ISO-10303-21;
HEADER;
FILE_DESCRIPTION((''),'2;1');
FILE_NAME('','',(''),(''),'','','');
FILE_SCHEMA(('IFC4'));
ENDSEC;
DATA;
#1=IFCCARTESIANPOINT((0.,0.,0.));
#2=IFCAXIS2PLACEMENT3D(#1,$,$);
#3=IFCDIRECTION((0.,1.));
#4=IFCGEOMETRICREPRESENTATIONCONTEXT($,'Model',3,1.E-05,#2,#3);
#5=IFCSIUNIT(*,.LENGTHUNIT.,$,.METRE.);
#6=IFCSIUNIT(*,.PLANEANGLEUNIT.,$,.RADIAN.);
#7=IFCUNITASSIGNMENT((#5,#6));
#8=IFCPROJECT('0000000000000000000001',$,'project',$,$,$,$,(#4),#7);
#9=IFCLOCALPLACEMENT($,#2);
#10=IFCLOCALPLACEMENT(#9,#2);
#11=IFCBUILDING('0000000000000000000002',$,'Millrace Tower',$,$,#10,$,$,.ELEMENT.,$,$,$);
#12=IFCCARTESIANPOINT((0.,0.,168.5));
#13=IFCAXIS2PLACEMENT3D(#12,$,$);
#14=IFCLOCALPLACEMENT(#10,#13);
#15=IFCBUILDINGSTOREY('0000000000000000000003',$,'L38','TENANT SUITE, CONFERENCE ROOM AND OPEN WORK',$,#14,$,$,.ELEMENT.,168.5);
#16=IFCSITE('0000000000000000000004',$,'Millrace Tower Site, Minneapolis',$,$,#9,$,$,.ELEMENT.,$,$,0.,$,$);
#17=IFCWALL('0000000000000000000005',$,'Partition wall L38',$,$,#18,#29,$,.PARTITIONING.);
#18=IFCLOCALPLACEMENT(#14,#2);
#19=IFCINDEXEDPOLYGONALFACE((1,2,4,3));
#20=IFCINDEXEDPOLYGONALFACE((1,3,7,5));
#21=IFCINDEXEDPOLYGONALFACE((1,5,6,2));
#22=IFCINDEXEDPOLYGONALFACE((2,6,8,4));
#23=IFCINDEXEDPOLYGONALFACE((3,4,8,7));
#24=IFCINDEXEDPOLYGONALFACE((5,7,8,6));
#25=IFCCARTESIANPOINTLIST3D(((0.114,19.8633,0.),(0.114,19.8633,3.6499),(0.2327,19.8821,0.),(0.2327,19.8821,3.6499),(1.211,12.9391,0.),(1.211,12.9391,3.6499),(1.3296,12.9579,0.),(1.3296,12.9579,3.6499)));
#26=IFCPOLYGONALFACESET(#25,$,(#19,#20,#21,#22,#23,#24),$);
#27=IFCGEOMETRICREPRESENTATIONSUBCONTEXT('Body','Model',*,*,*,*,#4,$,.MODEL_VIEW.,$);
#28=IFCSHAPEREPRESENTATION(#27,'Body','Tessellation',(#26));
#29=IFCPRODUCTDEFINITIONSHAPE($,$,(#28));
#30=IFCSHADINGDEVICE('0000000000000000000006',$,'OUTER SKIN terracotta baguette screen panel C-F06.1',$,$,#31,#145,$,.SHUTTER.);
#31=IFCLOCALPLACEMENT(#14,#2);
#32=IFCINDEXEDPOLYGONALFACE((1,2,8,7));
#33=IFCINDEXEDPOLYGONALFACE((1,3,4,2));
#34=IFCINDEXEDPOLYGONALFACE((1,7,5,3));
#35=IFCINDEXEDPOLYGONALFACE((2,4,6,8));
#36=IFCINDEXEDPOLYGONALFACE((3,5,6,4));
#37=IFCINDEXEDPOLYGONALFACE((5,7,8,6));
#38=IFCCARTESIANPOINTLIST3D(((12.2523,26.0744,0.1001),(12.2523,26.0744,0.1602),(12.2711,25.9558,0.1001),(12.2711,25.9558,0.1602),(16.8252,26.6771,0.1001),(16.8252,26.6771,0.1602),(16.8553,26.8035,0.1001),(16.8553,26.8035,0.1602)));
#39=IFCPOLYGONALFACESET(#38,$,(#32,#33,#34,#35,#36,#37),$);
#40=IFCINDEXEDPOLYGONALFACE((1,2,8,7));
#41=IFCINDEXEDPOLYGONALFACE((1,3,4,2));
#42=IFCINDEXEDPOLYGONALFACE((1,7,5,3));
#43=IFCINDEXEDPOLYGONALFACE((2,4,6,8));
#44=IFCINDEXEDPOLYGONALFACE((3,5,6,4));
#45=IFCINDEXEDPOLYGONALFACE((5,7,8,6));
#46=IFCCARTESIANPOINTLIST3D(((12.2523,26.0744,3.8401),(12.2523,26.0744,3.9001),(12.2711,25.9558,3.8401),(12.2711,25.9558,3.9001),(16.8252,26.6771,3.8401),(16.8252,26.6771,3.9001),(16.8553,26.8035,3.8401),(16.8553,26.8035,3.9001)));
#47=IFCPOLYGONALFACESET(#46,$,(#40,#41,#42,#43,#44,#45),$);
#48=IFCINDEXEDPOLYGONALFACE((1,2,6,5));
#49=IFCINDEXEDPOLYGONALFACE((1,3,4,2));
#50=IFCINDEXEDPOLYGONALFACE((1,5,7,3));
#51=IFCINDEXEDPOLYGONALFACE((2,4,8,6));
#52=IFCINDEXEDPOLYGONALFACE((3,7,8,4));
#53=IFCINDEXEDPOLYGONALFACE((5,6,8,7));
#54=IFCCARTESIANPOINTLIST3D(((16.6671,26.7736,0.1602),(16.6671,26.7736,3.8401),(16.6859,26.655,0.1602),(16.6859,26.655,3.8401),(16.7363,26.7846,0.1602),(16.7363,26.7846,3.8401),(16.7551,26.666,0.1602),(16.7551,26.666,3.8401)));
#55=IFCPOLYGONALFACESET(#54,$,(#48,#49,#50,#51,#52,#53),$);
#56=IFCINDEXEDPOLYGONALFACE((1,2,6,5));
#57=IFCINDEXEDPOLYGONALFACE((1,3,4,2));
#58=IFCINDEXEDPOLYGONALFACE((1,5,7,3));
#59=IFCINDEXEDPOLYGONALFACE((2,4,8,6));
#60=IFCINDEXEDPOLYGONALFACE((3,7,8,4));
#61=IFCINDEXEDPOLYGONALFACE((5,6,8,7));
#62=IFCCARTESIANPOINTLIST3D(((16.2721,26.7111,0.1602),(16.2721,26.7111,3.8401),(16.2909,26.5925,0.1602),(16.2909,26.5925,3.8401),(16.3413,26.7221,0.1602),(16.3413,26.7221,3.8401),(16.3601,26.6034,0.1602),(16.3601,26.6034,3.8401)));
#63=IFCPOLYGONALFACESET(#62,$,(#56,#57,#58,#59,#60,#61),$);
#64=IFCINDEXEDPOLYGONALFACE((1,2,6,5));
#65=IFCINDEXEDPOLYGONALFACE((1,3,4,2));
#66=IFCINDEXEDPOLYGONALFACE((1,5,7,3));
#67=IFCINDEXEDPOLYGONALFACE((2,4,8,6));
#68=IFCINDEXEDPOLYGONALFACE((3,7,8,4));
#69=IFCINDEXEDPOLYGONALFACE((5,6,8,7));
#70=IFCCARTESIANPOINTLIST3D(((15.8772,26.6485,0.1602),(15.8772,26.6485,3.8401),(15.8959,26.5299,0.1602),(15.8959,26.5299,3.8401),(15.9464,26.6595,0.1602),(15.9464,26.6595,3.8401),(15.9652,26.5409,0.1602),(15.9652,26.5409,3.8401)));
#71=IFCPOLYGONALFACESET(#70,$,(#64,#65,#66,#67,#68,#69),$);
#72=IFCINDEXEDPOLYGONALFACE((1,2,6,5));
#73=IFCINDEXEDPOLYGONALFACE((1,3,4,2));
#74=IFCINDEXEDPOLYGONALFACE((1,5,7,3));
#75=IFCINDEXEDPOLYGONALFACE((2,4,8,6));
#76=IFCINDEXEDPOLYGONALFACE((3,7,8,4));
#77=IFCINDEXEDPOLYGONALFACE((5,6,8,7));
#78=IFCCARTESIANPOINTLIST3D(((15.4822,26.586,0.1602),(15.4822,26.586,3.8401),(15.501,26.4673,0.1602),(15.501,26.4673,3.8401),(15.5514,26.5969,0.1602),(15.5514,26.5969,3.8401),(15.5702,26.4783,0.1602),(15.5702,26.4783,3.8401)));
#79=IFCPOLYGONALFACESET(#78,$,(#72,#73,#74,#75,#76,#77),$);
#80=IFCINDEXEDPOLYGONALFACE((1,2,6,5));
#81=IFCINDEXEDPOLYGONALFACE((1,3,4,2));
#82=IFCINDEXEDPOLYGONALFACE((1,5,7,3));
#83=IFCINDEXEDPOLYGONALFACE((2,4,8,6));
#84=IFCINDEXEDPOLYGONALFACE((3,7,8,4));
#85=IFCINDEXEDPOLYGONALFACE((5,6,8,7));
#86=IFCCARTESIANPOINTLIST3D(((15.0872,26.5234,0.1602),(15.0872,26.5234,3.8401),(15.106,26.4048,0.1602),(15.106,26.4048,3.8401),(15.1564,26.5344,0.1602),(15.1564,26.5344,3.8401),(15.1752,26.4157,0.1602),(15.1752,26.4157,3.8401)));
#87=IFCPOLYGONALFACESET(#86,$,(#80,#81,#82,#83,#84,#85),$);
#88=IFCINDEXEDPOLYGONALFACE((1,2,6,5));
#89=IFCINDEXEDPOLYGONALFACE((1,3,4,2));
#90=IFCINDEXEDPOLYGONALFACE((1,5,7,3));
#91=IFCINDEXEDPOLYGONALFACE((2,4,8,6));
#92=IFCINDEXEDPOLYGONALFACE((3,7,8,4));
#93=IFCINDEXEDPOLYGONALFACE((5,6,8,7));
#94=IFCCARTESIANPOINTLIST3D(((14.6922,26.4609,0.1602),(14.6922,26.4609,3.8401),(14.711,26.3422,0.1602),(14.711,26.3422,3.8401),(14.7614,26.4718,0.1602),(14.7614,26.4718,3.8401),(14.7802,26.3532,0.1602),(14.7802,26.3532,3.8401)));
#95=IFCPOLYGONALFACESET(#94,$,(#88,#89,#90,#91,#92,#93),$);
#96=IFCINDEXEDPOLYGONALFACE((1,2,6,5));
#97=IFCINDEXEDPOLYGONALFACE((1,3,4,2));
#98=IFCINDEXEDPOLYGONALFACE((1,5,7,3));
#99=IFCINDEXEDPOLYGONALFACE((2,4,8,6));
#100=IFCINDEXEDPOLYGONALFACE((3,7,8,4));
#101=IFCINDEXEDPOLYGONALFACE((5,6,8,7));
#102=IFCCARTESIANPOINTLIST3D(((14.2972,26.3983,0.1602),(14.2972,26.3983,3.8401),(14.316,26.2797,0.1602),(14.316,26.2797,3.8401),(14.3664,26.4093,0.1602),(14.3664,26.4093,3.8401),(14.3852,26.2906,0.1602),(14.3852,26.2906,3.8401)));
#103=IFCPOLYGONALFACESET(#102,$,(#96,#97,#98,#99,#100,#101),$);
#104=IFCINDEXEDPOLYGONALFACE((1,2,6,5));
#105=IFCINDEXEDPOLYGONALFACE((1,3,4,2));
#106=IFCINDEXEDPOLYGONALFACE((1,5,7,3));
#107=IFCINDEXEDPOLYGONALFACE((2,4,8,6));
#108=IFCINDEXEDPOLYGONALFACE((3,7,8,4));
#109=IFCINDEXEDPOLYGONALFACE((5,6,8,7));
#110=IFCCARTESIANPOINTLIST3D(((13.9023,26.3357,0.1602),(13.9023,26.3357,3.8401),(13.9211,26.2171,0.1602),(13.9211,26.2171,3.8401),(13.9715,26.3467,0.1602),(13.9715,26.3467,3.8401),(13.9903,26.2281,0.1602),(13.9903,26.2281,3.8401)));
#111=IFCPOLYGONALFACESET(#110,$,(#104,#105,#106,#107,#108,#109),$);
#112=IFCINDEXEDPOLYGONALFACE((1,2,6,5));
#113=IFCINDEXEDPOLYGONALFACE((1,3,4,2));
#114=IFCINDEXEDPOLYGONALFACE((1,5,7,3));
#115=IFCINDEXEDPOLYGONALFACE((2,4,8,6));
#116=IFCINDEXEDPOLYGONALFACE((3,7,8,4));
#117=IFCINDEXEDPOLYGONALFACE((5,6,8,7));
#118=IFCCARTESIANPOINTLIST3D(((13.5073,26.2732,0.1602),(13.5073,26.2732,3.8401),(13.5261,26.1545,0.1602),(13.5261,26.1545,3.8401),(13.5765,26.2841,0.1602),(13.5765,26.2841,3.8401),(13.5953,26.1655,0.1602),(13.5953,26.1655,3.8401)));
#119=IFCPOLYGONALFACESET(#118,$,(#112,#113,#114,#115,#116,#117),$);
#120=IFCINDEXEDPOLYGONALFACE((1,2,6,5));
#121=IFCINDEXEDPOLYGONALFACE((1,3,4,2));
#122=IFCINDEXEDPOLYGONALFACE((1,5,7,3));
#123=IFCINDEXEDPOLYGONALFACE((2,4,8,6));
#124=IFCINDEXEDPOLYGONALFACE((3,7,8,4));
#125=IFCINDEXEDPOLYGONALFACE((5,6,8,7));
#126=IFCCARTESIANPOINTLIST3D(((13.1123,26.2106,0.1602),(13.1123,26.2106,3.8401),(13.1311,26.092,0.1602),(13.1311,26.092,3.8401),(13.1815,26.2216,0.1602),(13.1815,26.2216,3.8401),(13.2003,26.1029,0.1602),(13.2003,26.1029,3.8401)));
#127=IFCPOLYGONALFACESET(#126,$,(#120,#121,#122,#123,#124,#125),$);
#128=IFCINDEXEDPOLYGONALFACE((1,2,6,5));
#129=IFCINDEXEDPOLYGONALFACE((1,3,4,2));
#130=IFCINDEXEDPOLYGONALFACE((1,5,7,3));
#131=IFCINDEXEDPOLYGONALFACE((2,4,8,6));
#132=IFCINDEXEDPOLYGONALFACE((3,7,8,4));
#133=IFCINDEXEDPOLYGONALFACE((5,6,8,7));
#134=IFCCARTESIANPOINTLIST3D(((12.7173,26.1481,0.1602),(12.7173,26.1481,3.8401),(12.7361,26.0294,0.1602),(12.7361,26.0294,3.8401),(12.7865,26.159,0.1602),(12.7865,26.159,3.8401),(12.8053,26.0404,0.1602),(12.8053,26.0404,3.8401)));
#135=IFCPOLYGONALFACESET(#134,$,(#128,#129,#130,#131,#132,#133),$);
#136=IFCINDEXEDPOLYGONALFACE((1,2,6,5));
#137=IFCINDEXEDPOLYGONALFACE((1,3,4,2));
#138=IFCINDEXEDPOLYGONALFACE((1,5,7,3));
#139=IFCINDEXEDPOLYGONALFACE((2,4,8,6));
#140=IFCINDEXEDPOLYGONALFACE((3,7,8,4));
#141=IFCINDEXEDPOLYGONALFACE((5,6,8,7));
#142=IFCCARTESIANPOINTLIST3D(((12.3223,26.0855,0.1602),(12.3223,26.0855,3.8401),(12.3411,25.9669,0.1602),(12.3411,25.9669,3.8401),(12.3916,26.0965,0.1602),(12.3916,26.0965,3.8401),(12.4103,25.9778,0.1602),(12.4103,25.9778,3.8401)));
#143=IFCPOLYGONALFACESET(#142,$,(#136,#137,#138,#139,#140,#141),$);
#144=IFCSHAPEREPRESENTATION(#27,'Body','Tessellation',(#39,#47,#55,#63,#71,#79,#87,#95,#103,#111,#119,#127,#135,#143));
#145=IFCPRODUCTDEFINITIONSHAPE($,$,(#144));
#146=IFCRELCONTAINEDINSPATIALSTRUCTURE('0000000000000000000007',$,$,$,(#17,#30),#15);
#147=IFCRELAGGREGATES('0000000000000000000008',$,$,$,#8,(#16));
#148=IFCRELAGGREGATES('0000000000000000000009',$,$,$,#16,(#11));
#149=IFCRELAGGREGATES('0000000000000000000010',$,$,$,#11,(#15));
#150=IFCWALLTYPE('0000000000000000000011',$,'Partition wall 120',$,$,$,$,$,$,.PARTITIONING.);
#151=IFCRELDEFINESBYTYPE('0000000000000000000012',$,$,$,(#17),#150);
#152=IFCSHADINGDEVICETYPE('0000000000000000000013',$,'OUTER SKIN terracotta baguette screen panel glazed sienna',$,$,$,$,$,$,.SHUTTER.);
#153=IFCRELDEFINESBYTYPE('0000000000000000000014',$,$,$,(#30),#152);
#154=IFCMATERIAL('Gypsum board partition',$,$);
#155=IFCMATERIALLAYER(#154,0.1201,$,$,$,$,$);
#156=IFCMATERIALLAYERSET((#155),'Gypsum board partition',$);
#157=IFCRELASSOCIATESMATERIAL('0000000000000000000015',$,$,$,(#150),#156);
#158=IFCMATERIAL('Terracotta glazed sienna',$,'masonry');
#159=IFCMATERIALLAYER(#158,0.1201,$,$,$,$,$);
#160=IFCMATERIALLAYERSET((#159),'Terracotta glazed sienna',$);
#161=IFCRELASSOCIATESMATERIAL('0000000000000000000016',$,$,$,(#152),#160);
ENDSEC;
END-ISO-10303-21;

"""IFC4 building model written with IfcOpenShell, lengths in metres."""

from ifc_helpers import new_model, entity, si_unit, direction, frame, frame_2d, origin, place, context, subcontext, project, spatial, rectangle, extrude, source, transform, mapped, material, layer, layer_set, type_object, element, save


model = new_model("IFC4")

# Units and contexts
model_context = context("Model", 3, precision=1e-05, world=origin(), true_north=direction((0.0, 1.0)))
body_context = subcontext(model_context, "Body", "Model", "MODEL_VIEW")
ifc_project = project(units=[si_unit("LENGTHUNIT", "METRE"), si_unit("PLANEANGLEUNIT", "RADIAN")], contexts=[model_context])

# Site, building, storey
site_placement = place(None, origin())
site = spatial("IfcSite", under=ifc_project, at=site_placement, Name="Millrace Tower Site, Minneapolis", CompositionType="ELEMENT", RefElevation=0.0)
building_placement = place(site_placement, origin())
building = spatial("IfcBuilding", under=site, at=building_placement, Name="Millrace Tower", CompositionType="ELEMENT")
storey_placement = place(building_placement, frame((0.0, 0.0, 168.5)))
storey = spatial("IfcBuildingStorey", under=building, at=storey_placement, Name="L38", Description="TENANT SUITE, CONFERENCE ROOM AND OPEN WORK", CompositionType="ELEMENT", Elevation=168.5)

# Wall
ifc_material_1 = material(Name="Gypsum board partition")
ifc_layer_1 = layer(ifc_material_1, 0.1201)
ifc_layer_set_1 = layer_set([ifc_layer_1], Name="Gypsum board partition")
wall_type_1 = type_object("IfcWallType", Name="Partition wall 120", PredefinedType="PARTITIONING", material=ifc_layer_set_1)
wall_1_placement = place(storey_placement, frame((0.1733, 19.8728, 0.0), z_axis=(0.0, 0.0, 1.0), x_axis=(0.15647, -0.987683, 0.0)))
element("IfcWall", 1, at=wall_1_placement, inside=storey, type_object=wall_type_1, Name="Partition wall L38", PredefinedType="PARTITIONING", context=body_context, shape_type="SweptSolid", body=[
    extrude(rectangle(XDim=7.0105, YDim=0.1201, at=frame_2d((3.5054, 0.0))), origin(), (0.0, 0.0, 1.0), 3.6499),
])

# Shading device
ifc_material_2 = material(Name="Terracotta glazed sienna", Category="masonry")
ifc_layer_2 = layer(ifc_material_2, 0.1201)
ifc_layer_set_2 = layer_set([ifc_layer_2], Name="Terracotta glazed sienna")
shading_device_type = type_object("IfcShadingDeviceType", Name="OUTER SKIN terracotta baguette screen panel glazed sienna", PredefinedType="SHUTTER", material=ifc_layer_set_2)
cartesian_point_1 = entity("IfcCartesianPoint", [-2.293, 0.0601])
shared_polyline_1 = entity("IfcPolyline", [cartesian_point_1, entity("IfcCartesianPoint", [2.3179, 0.0601]), entity("IfcCartesianPoint", [2.3179, -0.0601]), entity("IfcCartesianPoint", [-2.3425, -0.0601]), cartesian_point_1])
shared_shape_1 = source(origin(), body_context, "Body", "SweptSolid", [
    entity("IfcExtrudedAreaSolid", entity("IfcArbitraryClosedProfileDef", "AREA", None, shared_polyline_1), entity("IfcAxis2Placement3D", entity("IfcCartesianPoint", [0.0, 0.0, 0.0])), entity("IfcDirection", [0.0, 0.0, 1.0]), 0.0601),
    entity("IfcExtrudedAreaSolid", entity("IfcArbitraryClosedProfileDef", "AREA", None, shared_polyline_1), entity("IfcAxis2Placement3D", entity("IfcCartesianPoint", [0.0, 0.0, 3.74])), entity("IfcDirection", [0.0, 0.0, 1.0]), 0.0601),
    extrude(rectangle(XDim=0.0701, YDim=0.1201, at=frame_2d((-2.187, 0.0))), frame((0.0, 0.0, 0.0601)), (0.0, 0.0, 1.0), 3.6799),
    extrude(rectangle(XDim=0.0701, YDim=0.1201, at=frame_2d((-1.7871, 0.0))), frame((0.0, 0.0, 0.0601)), (0.0, 0.0, 1.0), 3.6799),
    extrude(rectangle(XDim=0.0701, YDim=0.1201, at=frame_2d((-1.3872, 0.0))), frame((0.0, 0.0, 0.0601)), (0.0, 0.0, 1.0), 3.6799),
    extrude(rectangle(XDim=0.0701, YDim=0.1201, at=frame_2d((-0.9873, 0.0))), frame((0.0, 0.0, 0.0601)), (0.0, 0.0, 1.0), 3.6799),
    extrude(rectangle(XDim=0.0701, YDim=0.1201, at=frame_2d((-0.5874, 0.0))), frame((0.0, 0.0, 0.0601)), (0.0, 0.0, 1.0), 3.6799),
    extrude(rectangle(XDim=0.0701, YDim=0.1201, at=frame_2d((-0.1875, 0.0))), frame((0.0, 0.0, 0.0601)), (0.0, 0.0, 1.0), 3.6799),
    extrude(rectangle(XDim=0.0701, YDim=0.1201, at=frame_2d((0.2124, 0.0))), frame((0.0, 0.0, 0.0601)), (0.0, 0.0, 1.0), 3.6799),
    extrude(rectangle(XDim=0.0701, YDim=0.1201, at=frame_2d((0.6123, 0.0))), frame((0.0, 0.0, 0.0601)), (0.0, 0.0, 1.0), 3.6799),
    extrude(rectangle(XDim=0.0701, YDim=0.1201, at=frame_2d((1.0122, 0.0))), frame((0.0, 0.0, 0.0601)), (0.0, 0.0, 1.0), 3.6799),
    extrude(rectangle(XDim=0.0701, YDim=0.1201, at=frame_2d((1.4121, 0.0))), frame((0.0, 0.0, 0.0601)), (0.0, 0.0, 1.0), 3.6799),
    extrude(rectangle(XDim=0.0701, YDim=0.1201, at=frame_2d((1.812, 0.0))), frame((0.0, 0.0, 0.0601)), (0.0, 0.0, 1.0), 3.6799),
    extrude(rectangle(XDim=0.0701, YDim=0.1201, at=frame_2d((2.2119, 0.0))), frame((0.0, 0.0, 0.0601)), (0.0, 0.0, 1.0), 3.6799),
])
shading_device_placement = place(storey_placement, frame((14.551, 26.3777, 0.1001), z_axis=(0.0, 0.0, 1.0), x_axis=(-0.987688, -0.156434, 0.0)))
element("IfcShadingDevice", 2, at=shading_device_placement, inside=storey, type_object=shading_device_type, Name="OUTER SKIN terracotta baguette screen panel C-F06.1", PredefinedType="SHUTTER", context=body_context, shape_type="MappedRepresentation", body=[
    mapped(shared_shape_1, transform((0.0, 0.0, 0.0), scale=1.0)),
])

save(model, "model.ifc")
